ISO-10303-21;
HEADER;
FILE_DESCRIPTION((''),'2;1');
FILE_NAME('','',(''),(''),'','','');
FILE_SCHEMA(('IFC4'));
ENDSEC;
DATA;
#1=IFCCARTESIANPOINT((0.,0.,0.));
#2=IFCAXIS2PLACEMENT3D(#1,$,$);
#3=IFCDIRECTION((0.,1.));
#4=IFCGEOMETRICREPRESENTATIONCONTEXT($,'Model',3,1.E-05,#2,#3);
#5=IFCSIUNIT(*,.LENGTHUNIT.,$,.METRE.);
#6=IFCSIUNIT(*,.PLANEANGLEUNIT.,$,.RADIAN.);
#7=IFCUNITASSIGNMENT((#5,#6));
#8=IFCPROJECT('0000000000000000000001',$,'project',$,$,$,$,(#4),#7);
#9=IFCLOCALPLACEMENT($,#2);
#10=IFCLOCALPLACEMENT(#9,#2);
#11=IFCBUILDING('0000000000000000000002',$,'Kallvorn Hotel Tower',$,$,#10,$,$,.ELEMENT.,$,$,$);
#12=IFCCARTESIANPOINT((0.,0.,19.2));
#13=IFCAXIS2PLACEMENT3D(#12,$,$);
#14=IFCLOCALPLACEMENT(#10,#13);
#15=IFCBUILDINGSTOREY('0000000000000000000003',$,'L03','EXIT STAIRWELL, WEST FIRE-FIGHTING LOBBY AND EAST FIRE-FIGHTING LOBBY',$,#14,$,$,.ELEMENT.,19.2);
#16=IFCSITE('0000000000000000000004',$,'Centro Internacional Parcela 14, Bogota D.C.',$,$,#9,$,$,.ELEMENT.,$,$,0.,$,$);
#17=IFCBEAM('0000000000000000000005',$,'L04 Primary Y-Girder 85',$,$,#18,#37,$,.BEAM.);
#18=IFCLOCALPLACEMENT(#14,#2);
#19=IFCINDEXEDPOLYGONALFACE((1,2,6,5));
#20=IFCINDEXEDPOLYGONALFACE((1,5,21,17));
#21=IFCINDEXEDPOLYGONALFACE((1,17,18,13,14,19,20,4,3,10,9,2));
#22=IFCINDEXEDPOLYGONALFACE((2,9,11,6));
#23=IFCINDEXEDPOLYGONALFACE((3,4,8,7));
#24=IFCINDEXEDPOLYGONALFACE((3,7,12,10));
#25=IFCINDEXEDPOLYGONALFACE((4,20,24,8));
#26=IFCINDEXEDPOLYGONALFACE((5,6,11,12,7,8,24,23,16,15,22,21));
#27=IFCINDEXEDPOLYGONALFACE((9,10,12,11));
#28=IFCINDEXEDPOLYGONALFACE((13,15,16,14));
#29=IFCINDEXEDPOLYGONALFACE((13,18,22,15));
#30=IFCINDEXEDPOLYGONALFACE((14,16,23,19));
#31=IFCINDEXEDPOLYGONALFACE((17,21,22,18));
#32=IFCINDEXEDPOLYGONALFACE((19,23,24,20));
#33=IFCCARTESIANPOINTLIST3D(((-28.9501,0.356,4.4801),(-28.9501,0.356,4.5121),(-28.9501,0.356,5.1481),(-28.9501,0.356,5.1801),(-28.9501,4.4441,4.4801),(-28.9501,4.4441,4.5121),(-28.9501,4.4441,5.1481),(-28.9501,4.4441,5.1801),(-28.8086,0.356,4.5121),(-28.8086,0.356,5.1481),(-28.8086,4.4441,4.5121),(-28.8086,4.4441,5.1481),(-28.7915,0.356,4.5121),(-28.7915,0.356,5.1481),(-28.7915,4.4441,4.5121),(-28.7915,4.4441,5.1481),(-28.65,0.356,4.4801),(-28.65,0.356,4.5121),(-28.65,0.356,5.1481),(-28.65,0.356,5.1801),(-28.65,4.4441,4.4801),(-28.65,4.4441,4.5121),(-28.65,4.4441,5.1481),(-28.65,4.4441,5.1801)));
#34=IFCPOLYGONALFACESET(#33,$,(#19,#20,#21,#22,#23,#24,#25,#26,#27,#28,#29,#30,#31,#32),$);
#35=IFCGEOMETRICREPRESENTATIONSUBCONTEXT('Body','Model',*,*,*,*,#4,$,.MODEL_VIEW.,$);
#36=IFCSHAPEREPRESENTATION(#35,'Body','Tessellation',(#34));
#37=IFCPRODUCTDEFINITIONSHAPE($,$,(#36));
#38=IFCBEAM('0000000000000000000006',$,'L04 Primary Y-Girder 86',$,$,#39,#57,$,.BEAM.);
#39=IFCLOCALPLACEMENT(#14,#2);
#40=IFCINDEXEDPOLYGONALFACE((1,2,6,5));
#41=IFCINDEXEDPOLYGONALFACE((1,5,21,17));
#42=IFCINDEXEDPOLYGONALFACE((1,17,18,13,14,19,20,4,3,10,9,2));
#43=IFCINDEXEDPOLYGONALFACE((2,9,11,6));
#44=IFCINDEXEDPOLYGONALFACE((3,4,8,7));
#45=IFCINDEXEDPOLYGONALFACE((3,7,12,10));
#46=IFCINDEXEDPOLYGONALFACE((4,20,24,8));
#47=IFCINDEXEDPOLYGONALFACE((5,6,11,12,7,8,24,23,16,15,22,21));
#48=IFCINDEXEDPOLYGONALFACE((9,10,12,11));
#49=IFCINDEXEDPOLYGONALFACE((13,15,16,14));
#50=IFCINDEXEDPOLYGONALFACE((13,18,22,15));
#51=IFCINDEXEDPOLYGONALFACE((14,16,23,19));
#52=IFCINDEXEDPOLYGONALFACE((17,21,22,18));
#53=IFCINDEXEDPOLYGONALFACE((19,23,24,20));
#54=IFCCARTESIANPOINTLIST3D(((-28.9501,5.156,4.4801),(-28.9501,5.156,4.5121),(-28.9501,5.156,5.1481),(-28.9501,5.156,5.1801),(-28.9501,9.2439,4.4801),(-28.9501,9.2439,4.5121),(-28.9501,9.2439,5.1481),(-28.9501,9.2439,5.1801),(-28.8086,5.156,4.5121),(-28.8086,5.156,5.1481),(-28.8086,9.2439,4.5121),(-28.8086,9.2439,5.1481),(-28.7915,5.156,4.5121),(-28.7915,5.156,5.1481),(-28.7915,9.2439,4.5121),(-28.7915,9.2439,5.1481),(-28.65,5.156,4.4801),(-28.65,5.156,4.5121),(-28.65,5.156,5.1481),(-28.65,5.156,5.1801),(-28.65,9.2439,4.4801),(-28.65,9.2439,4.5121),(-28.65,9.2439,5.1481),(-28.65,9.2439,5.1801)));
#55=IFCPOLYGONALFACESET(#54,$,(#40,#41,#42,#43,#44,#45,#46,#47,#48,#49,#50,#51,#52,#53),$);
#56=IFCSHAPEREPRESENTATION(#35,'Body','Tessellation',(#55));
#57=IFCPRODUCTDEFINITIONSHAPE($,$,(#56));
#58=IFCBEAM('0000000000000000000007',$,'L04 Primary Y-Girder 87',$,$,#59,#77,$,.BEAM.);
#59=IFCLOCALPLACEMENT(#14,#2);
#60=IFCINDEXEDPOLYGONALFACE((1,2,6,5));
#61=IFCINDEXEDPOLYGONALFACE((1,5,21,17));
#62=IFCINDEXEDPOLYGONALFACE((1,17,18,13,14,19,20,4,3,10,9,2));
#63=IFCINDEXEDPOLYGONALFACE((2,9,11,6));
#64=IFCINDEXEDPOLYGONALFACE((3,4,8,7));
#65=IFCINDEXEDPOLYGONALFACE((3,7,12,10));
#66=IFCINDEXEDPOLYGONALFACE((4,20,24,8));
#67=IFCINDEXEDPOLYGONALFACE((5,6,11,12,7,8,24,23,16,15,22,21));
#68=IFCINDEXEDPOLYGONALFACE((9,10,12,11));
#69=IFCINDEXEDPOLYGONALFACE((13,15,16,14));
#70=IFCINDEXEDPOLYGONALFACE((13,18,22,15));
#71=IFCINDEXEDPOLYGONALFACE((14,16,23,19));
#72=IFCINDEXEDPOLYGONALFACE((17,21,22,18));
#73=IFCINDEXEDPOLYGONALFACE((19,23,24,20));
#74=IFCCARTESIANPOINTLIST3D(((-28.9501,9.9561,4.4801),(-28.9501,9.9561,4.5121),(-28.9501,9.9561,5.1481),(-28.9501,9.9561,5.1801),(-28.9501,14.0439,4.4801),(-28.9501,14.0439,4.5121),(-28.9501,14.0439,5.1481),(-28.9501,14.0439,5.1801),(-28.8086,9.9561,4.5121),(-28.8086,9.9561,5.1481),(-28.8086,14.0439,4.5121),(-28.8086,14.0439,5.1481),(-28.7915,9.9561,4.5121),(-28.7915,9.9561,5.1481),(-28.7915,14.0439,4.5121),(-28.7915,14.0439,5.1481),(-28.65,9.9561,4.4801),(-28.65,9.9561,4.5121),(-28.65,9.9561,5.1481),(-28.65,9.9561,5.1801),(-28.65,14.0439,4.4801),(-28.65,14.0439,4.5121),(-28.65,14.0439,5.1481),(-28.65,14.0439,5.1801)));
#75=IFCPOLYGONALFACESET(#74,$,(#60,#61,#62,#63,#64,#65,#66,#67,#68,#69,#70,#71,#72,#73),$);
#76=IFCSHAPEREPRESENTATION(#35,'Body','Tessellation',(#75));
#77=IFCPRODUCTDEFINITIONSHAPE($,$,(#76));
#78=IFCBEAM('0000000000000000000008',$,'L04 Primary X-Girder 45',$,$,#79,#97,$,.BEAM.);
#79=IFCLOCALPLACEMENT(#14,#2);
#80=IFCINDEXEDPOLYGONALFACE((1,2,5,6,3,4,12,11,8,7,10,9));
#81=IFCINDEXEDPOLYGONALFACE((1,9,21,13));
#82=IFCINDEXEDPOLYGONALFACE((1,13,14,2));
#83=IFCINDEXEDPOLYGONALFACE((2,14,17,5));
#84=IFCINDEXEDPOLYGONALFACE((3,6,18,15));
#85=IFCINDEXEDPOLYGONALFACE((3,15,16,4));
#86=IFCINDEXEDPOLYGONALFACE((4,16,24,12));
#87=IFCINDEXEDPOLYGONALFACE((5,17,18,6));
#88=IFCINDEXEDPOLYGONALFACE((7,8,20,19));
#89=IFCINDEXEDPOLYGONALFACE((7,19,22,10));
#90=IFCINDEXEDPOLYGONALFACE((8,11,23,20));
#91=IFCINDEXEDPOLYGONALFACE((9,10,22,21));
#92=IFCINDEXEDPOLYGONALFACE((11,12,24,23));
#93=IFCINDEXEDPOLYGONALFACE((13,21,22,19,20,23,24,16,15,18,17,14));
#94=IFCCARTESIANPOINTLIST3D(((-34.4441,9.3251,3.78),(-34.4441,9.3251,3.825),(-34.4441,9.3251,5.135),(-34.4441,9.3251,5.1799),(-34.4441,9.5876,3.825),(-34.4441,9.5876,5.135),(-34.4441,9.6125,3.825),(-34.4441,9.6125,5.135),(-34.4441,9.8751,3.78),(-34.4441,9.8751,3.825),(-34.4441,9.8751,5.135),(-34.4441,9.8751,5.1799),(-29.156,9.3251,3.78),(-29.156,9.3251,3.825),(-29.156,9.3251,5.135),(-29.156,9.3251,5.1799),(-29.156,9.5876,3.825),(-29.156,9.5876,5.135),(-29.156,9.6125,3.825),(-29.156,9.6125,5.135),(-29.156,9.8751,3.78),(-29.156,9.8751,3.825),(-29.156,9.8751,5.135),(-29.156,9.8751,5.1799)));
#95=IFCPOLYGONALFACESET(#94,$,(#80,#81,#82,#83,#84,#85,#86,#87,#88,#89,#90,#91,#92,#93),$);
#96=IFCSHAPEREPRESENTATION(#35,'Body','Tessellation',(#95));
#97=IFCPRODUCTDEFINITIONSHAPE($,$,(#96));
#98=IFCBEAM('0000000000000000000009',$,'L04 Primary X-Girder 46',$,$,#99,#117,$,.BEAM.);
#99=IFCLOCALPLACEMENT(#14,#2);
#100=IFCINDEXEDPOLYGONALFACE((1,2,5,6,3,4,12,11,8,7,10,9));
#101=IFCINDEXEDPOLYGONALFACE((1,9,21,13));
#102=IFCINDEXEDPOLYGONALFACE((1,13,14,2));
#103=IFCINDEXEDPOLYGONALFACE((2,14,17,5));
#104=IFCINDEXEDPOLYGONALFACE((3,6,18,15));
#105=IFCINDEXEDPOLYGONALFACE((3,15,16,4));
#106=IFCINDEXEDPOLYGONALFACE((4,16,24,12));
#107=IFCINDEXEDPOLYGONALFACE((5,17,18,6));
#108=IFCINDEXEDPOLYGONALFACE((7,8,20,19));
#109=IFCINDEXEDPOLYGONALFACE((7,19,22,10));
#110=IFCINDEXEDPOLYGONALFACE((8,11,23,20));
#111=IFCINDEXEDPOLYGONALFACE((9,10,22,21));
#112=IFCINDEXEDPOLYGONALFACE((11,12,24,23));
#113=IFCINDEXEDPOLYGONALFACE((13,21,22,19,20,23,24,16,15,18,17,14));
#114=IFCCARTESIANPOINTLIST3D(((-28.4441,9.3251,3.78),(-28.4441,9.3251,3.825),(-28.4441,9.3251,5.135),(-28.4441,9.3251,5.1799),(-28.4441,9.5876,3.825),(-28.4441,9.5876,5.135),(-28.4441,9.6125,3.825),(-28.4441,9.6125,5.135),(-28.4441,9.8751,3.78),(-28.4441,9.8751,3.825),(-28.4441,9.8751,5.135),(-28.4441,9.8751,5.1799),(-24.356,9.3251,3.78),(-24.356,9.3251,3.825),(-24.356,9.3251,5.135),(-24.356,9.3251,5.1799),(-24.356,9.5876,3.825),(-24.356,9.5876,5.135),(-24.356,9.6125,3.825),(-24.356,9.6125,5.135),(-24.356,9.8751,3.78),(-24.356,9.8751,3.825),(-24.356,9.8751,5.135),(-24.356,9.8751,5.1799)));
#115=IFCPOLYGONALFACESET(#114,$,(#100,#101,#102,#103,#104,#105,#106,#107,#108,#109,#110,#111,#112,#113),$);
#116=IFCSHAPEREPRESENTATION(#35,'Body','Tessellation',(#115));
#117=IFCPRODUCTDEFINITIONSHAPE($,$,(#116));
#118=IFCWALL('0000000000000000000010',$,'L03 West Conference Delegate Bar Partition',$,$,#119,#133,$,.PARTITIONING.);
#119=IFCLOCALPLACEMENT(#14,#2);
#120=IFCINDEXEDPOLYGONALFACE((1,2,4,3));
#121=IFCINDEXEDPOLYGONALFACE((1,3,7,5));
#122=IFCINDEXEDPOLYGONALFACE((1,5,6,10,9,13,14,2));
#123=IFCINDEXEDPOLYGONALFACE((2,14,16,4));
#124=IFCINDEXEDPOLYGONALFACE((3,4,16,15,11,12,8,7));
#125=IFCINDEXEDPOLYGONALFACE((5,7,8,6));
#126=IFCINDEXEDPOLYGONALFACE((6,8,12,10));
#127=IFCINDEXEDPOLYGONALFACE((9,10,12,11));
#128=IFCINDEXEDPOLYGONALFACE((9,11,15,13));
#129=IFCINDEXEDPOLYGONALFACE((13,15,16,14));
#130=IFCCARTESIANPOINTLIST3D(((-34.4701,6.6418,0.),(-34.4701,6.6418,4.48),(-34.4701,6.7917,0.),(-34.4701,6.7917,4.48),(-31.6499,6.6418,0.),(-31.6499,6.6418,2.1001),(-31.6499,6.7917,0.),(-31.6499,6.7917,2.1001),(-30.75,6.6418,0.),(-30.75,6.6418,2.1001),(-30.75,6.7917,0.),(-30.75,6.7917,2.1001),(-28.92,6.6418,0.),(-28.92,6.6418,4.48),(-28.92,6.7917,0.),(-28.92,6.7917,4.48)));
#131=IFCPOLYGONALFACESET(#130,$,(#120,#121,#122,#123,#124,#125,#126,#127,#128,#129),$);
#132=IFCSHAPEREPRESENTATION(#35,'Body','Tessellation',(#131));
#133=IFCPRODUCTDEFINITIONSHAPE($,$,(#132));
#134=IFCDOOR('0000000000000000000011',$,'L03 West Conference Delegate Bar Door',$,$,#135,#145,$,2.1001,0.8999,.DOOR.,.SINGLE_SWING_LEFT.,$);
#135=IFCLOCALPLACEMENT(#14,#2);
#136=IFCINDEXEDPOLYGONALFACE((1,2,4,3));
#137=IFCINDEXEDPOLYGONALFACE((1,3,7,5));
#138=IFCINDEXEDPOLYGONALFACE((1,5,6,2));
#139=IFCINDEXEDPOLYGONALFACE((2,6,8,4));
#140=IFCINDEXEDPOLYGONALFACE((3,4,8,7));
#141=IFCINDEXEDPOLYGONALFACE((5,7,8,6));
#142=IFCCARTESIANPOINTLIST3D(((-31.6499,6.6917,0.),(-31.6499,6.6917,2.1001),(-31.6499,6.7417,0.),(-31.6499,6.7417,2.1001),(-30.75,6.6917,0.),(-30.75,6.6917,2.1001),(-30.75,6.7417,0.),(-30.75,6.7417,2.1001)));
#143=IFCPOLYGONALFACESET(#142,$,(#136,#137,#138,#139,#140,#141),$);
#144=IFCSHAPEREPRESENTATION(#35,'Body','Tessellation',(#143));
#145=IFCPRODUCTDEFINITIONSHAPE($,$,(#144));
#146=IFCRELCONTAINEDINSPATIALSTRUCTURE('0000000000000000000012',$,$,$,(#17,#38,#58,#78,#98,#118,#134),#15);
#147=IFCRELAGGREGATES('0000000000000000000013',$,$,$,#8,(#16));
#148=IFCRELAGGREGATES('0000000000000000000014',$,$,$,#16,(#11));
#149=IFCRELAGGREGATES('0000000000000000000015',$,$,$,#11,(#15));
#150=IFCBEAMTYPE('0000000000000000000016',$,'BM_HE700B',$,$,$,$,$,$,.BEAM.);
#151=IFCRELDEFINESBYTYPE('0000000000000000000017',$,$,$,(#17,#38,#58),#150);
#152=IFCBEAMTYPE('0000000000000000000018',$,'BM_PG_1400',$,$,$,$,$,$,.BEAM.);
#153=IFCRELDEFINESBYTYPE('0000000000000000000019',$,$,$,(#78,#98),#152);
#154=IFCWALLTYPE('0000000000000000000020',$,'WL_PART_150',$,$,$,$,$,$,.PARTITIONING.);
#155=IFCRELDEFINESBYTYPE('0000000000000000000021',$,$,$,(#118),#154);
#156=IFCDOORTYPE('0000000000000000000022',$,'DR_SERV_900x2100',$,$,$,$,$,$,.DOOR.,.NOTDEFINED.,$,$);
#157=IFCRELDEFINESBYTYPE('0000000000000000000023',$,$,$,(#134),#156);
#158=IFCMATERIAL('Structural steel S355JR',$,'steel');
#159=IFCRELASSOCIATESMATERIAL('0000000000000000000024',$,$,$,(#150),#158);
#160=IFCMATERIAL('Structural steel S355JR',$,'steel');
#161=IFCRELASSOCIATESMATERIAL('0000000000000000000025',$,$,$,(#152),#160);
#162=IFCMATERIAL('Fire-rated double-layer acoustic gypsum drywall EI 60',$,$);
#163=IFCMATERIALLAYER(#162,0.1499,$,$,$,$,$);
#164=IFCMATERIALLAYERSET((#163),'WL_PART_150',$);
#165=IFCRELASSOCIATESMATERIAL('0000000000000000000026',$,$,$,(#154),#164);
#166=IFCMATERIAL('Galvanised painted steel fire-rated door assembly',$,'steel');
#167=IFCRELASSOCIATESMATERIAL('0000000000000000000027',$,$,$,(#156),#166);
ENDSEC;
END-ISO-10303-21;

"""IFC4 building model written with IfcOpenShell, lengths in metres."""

from ifc_helpers import new_model, si_unit, direction, frame, frame_2d, origin, origin_2d, place, context, subcontext, project, spatial, rectangle, i_section, extrude, material, layer, layer_set, material_profile, profile_set, type_object, element, fill, save


model = new_model("IFC4")

# Units and contexts
model_context = context("Model", 3, precision=1e-05, world=origin(), true_north=direction((0.0, 1.0)))
body_context = subcontext(model_context, "Body", "Model", "MODEL_VIEW")
ifc_project = project(units=[si_unit("LENGTHUNIT", "METRE"), si_unit("PLANEANGLEUNIT", "RADIAN")], contexts=[model_context])

# Site, building, storey
site_placement = place(None, origin())
site = spatial("IfcSite", under=ifc_project, at=site_placement, Name="Centro Internacional Parcela 14, Bogota D.C.", CompositionType="ELEMENT", RefElevation=0.0)
building_placement = place(site_placement, origin())
building = spatial("IfcBuilding", under=site, at=building_placement, Name="Kallvorn Hotel Tower", CompositionType="ELEMENT")
storey_placement = place(building_placement, frame((0.0, 0.0, 19.2)))
storey = spatial("IfcBuildingStorey", under=building, at=storey_placement, Name="L03", Description="EXIT STAIRWELL, WEST FIRE-FIGHTING LOBBY AND EAST FIRE-FIGHTING LOBBY", CompositionType="ELEMENT", Elevation=19.2)

# Beams
ifc_material_1 = material(Name="Structural steel S355JR", Category="steel")
ifc_material_profile_1 = material_profile(ifc_material_1, i_section(OverallWidth=0.3, OverallDepth=0.7, WebThickness=0.0171, FlangeThickness=0.032, at=origin_2d()), Name="HE 700 B")
ifc_profile_set_1 = profile_set([ifc_material_profile_1], Name="Structural steel S355JR")
beam_type_1 = type_object("IfcBeamType", Name="BM_HE700B", PredefinedType="BEAM", material=ifc_profile_set_1)
beam_1_placement = place(storey_placement, frame((-28.8, 0.356, 4.8301), z_axis=(0.0, 1.0, 0.0), x_axis=(-1.0, 0.0, 0.0)))
element("IfcBeam", 1, at=beam_1_placement, inside=storey, type_object=beam_type_1, Name="L04 Primary Y-Girder 85", PredefinedType="BEAM", context=body_context, shape_type="SweptSolid", body=[
    extrude(i_section(OverallWidth=0.3, OverallDepth=0.7, WebThickness=0.0171, FlangeThickness=0.032, at=origin_2d()), origin(), (0.0, 0.0, 1.0), 4.0881),
])
for number, where, z_axis, x_axis, name in (
    (2, (-28.8, 5.156, 4.8301), (0.0, 1.0, 0.0), (-1.0, 0.0, 0.0), "L04 Primary Y-Girder 86"),
    (3, (-28.8, 9.9561, 4.8301), (0.0, 1.0, 0.0), (-1.0, 0.0, 0.0), "L04 Primary Y-Girder 87"),
):
    element("IfcBeam", number, at=place(storey_placement, frame(where, z_axis=z_axis, x_axis=x_axis)), inside=storey, type_object=beam_type_1, Name=name, PredefinedType="BEAM", context=body_context, shape_type="SweptSolid", body=[
        extrude(i_section(OverallWidth=0.3, OverallDepth=0.7, WebThickness=0.0171, FlangeThickness=0.032, at=origin_2d()), origin(), (0.0, 0.0, 1.0), 4.0879),
    ])
ifc_material_2 = material(Name="Structural steel S355JR", Category="steel")
ifc_material_profile_2 = material_profile(ifc_material_2, i_section(OverallWidth=0.55, OverallDepth=1.3999, WebThickness=0.0249, FlangeThickness=0.0449, at=origin_2d()), Name="PG 1400x550x25x45")
ifc_profile_set_2 = profile_set([ifc_material_profile_2], Name="Structural steel S355JR")
beam_type_2 = type_object("IfcBeamType", Name="BM_PG_1400", PredefinedType="BEAM", material=ifc_profile_set_2)
beam_2_placement = place(storey_placement, frame((-34.4441, 9.6001, 4.48), z_axis=(1.0, 0.0, 0.0), x_axis=(0.0, 1.0, 0.0)))
element("IfcBeam", 4, at=beam_2_placement, inside=storey, type_object=beam_type_2, Name="L04 Primary X-Girder 45", PredefinedType="BEAM", context=body_context, shape_type="SweptSolid", body=[
    extrude(i_section(OverallWidth=0.55, OverallDepth=1.3999, WebThickness=0.0249, FlangeThickness=0.0449, at=origin_2d()), origin(), (0.0, 0.0, 1.0), 5.2881),
])
beam_3_placement = place(storey_placement, frame((-28.4441, 9.6001, 4.48), z_axis=(1.0, 0.0, 0.0), x_axis=(0.0, 1.0, 0.0)))
element("IfcBeam", 5, at=beam_3_placement, inside=storey, type_object=beam_type_2, Name="L04 Primary X-Girder 46", PredefinedType="BEAM", context=body_context, shape_type="SweptSolid", body=[
    extrude(i_section(OverallWidth=0.55, OverallDepth=1.3999, WebThickness=0.0249, FlangeThickness=0.0449, at=origin_2d()), origin(), (0.0, 0.0, 1.0), 4.0881),
])

# Wall, opening, door
ifc_material_3 = material(Name="Fire-rated double-layer acoustic gypsum drywall EI 60")
ifc_layer = layer(ifc_material_3, 0.1499)
ifc_layer_set = layer_set([ifc_layer], Name="WL_PART_150")
wall_type = type_object("IfcWallType", Name="WL_PART_150", PredefinedType="PARTITIONING", material=ifc_layer_set)
wall_1_placement = place(storey_placement, frame((-34.47, 6.7168, 0.0), z_axis=(0.0, 0.0, 1.0), x_axis=(1.0, 0.0, 0.0)))
wall_1 = element("IfcWall", 6, at=wall_1_placement, inside=storey, type_object=wall_type, Name="L03 West Conference Delegate Bar Partition", PredefinedType="PARTITIONING", context=body_context, shape_type="SweptSolid", body=[
    extrude(rectangle(XDim=5.55, YDim=0.1499, at=frame_2d((2.7749, 0.0))), origin(), (0.0, 0.0, 1.0), 4.48),
])
opening_1_placement = place(wall_1_placement, frame((2.8201, 0.0, 0.0)))
opening_1 = element("IfcOpeningElement", 7, at=opening_1_placement, cuts=wall_1, PredefinedType="OPENING", context=body_context, shape_type="SweptSolid", body=[
    extrude(rectangle(XDim=0.8999, YDim=2.1001, at=frame_2d((0.45, 1.05))), frame((0.0, 0.0898, 0.0), z_axis=(0.0, -1.0, 0.0), x_axis=(1.0, 0.0, 0.0)), (0.0, 0.0, 1.0), 0.1799),
])
ifc_material_4 = material(Name="Galvanised painted steel fire-rated door assembly", Category="steel")
door_type_1 = type_object("IfcDoorType", Name="DR_SERV_900x2100", OperationType="NOTDEFINED", PredefinedType="DOOR", material=ifc_material_4)
door_1_placement = place(opening_1_placement, origin())
door_1 = element("IfcDoor", 8, at=door_1_placement, inside=storey, type_object=door_type_1, Name="L03 West Conference Delegate Bar Door", OperationType="SINGLE_SWING_LEFT", OverallHeight=2.1001, OverallWidth=0.8999, PredefinedType="DOOR", context=body_context, shape_type="SweptSolid", body=[
    extrude(rectangle(XDim=0.8999, YDim=2.1001, at=frame_2d((0.45, 1.05))), frame((0.0, 0.0249, 0.0), z_axis=(0.0, -1.0, 0.0), x_axis=(1.0, 0.0, 0.0)), (0.0, 0.0, 1.0), 0.05),
])
fill(opening_1, door_1)

save(model, "model.ifc")
